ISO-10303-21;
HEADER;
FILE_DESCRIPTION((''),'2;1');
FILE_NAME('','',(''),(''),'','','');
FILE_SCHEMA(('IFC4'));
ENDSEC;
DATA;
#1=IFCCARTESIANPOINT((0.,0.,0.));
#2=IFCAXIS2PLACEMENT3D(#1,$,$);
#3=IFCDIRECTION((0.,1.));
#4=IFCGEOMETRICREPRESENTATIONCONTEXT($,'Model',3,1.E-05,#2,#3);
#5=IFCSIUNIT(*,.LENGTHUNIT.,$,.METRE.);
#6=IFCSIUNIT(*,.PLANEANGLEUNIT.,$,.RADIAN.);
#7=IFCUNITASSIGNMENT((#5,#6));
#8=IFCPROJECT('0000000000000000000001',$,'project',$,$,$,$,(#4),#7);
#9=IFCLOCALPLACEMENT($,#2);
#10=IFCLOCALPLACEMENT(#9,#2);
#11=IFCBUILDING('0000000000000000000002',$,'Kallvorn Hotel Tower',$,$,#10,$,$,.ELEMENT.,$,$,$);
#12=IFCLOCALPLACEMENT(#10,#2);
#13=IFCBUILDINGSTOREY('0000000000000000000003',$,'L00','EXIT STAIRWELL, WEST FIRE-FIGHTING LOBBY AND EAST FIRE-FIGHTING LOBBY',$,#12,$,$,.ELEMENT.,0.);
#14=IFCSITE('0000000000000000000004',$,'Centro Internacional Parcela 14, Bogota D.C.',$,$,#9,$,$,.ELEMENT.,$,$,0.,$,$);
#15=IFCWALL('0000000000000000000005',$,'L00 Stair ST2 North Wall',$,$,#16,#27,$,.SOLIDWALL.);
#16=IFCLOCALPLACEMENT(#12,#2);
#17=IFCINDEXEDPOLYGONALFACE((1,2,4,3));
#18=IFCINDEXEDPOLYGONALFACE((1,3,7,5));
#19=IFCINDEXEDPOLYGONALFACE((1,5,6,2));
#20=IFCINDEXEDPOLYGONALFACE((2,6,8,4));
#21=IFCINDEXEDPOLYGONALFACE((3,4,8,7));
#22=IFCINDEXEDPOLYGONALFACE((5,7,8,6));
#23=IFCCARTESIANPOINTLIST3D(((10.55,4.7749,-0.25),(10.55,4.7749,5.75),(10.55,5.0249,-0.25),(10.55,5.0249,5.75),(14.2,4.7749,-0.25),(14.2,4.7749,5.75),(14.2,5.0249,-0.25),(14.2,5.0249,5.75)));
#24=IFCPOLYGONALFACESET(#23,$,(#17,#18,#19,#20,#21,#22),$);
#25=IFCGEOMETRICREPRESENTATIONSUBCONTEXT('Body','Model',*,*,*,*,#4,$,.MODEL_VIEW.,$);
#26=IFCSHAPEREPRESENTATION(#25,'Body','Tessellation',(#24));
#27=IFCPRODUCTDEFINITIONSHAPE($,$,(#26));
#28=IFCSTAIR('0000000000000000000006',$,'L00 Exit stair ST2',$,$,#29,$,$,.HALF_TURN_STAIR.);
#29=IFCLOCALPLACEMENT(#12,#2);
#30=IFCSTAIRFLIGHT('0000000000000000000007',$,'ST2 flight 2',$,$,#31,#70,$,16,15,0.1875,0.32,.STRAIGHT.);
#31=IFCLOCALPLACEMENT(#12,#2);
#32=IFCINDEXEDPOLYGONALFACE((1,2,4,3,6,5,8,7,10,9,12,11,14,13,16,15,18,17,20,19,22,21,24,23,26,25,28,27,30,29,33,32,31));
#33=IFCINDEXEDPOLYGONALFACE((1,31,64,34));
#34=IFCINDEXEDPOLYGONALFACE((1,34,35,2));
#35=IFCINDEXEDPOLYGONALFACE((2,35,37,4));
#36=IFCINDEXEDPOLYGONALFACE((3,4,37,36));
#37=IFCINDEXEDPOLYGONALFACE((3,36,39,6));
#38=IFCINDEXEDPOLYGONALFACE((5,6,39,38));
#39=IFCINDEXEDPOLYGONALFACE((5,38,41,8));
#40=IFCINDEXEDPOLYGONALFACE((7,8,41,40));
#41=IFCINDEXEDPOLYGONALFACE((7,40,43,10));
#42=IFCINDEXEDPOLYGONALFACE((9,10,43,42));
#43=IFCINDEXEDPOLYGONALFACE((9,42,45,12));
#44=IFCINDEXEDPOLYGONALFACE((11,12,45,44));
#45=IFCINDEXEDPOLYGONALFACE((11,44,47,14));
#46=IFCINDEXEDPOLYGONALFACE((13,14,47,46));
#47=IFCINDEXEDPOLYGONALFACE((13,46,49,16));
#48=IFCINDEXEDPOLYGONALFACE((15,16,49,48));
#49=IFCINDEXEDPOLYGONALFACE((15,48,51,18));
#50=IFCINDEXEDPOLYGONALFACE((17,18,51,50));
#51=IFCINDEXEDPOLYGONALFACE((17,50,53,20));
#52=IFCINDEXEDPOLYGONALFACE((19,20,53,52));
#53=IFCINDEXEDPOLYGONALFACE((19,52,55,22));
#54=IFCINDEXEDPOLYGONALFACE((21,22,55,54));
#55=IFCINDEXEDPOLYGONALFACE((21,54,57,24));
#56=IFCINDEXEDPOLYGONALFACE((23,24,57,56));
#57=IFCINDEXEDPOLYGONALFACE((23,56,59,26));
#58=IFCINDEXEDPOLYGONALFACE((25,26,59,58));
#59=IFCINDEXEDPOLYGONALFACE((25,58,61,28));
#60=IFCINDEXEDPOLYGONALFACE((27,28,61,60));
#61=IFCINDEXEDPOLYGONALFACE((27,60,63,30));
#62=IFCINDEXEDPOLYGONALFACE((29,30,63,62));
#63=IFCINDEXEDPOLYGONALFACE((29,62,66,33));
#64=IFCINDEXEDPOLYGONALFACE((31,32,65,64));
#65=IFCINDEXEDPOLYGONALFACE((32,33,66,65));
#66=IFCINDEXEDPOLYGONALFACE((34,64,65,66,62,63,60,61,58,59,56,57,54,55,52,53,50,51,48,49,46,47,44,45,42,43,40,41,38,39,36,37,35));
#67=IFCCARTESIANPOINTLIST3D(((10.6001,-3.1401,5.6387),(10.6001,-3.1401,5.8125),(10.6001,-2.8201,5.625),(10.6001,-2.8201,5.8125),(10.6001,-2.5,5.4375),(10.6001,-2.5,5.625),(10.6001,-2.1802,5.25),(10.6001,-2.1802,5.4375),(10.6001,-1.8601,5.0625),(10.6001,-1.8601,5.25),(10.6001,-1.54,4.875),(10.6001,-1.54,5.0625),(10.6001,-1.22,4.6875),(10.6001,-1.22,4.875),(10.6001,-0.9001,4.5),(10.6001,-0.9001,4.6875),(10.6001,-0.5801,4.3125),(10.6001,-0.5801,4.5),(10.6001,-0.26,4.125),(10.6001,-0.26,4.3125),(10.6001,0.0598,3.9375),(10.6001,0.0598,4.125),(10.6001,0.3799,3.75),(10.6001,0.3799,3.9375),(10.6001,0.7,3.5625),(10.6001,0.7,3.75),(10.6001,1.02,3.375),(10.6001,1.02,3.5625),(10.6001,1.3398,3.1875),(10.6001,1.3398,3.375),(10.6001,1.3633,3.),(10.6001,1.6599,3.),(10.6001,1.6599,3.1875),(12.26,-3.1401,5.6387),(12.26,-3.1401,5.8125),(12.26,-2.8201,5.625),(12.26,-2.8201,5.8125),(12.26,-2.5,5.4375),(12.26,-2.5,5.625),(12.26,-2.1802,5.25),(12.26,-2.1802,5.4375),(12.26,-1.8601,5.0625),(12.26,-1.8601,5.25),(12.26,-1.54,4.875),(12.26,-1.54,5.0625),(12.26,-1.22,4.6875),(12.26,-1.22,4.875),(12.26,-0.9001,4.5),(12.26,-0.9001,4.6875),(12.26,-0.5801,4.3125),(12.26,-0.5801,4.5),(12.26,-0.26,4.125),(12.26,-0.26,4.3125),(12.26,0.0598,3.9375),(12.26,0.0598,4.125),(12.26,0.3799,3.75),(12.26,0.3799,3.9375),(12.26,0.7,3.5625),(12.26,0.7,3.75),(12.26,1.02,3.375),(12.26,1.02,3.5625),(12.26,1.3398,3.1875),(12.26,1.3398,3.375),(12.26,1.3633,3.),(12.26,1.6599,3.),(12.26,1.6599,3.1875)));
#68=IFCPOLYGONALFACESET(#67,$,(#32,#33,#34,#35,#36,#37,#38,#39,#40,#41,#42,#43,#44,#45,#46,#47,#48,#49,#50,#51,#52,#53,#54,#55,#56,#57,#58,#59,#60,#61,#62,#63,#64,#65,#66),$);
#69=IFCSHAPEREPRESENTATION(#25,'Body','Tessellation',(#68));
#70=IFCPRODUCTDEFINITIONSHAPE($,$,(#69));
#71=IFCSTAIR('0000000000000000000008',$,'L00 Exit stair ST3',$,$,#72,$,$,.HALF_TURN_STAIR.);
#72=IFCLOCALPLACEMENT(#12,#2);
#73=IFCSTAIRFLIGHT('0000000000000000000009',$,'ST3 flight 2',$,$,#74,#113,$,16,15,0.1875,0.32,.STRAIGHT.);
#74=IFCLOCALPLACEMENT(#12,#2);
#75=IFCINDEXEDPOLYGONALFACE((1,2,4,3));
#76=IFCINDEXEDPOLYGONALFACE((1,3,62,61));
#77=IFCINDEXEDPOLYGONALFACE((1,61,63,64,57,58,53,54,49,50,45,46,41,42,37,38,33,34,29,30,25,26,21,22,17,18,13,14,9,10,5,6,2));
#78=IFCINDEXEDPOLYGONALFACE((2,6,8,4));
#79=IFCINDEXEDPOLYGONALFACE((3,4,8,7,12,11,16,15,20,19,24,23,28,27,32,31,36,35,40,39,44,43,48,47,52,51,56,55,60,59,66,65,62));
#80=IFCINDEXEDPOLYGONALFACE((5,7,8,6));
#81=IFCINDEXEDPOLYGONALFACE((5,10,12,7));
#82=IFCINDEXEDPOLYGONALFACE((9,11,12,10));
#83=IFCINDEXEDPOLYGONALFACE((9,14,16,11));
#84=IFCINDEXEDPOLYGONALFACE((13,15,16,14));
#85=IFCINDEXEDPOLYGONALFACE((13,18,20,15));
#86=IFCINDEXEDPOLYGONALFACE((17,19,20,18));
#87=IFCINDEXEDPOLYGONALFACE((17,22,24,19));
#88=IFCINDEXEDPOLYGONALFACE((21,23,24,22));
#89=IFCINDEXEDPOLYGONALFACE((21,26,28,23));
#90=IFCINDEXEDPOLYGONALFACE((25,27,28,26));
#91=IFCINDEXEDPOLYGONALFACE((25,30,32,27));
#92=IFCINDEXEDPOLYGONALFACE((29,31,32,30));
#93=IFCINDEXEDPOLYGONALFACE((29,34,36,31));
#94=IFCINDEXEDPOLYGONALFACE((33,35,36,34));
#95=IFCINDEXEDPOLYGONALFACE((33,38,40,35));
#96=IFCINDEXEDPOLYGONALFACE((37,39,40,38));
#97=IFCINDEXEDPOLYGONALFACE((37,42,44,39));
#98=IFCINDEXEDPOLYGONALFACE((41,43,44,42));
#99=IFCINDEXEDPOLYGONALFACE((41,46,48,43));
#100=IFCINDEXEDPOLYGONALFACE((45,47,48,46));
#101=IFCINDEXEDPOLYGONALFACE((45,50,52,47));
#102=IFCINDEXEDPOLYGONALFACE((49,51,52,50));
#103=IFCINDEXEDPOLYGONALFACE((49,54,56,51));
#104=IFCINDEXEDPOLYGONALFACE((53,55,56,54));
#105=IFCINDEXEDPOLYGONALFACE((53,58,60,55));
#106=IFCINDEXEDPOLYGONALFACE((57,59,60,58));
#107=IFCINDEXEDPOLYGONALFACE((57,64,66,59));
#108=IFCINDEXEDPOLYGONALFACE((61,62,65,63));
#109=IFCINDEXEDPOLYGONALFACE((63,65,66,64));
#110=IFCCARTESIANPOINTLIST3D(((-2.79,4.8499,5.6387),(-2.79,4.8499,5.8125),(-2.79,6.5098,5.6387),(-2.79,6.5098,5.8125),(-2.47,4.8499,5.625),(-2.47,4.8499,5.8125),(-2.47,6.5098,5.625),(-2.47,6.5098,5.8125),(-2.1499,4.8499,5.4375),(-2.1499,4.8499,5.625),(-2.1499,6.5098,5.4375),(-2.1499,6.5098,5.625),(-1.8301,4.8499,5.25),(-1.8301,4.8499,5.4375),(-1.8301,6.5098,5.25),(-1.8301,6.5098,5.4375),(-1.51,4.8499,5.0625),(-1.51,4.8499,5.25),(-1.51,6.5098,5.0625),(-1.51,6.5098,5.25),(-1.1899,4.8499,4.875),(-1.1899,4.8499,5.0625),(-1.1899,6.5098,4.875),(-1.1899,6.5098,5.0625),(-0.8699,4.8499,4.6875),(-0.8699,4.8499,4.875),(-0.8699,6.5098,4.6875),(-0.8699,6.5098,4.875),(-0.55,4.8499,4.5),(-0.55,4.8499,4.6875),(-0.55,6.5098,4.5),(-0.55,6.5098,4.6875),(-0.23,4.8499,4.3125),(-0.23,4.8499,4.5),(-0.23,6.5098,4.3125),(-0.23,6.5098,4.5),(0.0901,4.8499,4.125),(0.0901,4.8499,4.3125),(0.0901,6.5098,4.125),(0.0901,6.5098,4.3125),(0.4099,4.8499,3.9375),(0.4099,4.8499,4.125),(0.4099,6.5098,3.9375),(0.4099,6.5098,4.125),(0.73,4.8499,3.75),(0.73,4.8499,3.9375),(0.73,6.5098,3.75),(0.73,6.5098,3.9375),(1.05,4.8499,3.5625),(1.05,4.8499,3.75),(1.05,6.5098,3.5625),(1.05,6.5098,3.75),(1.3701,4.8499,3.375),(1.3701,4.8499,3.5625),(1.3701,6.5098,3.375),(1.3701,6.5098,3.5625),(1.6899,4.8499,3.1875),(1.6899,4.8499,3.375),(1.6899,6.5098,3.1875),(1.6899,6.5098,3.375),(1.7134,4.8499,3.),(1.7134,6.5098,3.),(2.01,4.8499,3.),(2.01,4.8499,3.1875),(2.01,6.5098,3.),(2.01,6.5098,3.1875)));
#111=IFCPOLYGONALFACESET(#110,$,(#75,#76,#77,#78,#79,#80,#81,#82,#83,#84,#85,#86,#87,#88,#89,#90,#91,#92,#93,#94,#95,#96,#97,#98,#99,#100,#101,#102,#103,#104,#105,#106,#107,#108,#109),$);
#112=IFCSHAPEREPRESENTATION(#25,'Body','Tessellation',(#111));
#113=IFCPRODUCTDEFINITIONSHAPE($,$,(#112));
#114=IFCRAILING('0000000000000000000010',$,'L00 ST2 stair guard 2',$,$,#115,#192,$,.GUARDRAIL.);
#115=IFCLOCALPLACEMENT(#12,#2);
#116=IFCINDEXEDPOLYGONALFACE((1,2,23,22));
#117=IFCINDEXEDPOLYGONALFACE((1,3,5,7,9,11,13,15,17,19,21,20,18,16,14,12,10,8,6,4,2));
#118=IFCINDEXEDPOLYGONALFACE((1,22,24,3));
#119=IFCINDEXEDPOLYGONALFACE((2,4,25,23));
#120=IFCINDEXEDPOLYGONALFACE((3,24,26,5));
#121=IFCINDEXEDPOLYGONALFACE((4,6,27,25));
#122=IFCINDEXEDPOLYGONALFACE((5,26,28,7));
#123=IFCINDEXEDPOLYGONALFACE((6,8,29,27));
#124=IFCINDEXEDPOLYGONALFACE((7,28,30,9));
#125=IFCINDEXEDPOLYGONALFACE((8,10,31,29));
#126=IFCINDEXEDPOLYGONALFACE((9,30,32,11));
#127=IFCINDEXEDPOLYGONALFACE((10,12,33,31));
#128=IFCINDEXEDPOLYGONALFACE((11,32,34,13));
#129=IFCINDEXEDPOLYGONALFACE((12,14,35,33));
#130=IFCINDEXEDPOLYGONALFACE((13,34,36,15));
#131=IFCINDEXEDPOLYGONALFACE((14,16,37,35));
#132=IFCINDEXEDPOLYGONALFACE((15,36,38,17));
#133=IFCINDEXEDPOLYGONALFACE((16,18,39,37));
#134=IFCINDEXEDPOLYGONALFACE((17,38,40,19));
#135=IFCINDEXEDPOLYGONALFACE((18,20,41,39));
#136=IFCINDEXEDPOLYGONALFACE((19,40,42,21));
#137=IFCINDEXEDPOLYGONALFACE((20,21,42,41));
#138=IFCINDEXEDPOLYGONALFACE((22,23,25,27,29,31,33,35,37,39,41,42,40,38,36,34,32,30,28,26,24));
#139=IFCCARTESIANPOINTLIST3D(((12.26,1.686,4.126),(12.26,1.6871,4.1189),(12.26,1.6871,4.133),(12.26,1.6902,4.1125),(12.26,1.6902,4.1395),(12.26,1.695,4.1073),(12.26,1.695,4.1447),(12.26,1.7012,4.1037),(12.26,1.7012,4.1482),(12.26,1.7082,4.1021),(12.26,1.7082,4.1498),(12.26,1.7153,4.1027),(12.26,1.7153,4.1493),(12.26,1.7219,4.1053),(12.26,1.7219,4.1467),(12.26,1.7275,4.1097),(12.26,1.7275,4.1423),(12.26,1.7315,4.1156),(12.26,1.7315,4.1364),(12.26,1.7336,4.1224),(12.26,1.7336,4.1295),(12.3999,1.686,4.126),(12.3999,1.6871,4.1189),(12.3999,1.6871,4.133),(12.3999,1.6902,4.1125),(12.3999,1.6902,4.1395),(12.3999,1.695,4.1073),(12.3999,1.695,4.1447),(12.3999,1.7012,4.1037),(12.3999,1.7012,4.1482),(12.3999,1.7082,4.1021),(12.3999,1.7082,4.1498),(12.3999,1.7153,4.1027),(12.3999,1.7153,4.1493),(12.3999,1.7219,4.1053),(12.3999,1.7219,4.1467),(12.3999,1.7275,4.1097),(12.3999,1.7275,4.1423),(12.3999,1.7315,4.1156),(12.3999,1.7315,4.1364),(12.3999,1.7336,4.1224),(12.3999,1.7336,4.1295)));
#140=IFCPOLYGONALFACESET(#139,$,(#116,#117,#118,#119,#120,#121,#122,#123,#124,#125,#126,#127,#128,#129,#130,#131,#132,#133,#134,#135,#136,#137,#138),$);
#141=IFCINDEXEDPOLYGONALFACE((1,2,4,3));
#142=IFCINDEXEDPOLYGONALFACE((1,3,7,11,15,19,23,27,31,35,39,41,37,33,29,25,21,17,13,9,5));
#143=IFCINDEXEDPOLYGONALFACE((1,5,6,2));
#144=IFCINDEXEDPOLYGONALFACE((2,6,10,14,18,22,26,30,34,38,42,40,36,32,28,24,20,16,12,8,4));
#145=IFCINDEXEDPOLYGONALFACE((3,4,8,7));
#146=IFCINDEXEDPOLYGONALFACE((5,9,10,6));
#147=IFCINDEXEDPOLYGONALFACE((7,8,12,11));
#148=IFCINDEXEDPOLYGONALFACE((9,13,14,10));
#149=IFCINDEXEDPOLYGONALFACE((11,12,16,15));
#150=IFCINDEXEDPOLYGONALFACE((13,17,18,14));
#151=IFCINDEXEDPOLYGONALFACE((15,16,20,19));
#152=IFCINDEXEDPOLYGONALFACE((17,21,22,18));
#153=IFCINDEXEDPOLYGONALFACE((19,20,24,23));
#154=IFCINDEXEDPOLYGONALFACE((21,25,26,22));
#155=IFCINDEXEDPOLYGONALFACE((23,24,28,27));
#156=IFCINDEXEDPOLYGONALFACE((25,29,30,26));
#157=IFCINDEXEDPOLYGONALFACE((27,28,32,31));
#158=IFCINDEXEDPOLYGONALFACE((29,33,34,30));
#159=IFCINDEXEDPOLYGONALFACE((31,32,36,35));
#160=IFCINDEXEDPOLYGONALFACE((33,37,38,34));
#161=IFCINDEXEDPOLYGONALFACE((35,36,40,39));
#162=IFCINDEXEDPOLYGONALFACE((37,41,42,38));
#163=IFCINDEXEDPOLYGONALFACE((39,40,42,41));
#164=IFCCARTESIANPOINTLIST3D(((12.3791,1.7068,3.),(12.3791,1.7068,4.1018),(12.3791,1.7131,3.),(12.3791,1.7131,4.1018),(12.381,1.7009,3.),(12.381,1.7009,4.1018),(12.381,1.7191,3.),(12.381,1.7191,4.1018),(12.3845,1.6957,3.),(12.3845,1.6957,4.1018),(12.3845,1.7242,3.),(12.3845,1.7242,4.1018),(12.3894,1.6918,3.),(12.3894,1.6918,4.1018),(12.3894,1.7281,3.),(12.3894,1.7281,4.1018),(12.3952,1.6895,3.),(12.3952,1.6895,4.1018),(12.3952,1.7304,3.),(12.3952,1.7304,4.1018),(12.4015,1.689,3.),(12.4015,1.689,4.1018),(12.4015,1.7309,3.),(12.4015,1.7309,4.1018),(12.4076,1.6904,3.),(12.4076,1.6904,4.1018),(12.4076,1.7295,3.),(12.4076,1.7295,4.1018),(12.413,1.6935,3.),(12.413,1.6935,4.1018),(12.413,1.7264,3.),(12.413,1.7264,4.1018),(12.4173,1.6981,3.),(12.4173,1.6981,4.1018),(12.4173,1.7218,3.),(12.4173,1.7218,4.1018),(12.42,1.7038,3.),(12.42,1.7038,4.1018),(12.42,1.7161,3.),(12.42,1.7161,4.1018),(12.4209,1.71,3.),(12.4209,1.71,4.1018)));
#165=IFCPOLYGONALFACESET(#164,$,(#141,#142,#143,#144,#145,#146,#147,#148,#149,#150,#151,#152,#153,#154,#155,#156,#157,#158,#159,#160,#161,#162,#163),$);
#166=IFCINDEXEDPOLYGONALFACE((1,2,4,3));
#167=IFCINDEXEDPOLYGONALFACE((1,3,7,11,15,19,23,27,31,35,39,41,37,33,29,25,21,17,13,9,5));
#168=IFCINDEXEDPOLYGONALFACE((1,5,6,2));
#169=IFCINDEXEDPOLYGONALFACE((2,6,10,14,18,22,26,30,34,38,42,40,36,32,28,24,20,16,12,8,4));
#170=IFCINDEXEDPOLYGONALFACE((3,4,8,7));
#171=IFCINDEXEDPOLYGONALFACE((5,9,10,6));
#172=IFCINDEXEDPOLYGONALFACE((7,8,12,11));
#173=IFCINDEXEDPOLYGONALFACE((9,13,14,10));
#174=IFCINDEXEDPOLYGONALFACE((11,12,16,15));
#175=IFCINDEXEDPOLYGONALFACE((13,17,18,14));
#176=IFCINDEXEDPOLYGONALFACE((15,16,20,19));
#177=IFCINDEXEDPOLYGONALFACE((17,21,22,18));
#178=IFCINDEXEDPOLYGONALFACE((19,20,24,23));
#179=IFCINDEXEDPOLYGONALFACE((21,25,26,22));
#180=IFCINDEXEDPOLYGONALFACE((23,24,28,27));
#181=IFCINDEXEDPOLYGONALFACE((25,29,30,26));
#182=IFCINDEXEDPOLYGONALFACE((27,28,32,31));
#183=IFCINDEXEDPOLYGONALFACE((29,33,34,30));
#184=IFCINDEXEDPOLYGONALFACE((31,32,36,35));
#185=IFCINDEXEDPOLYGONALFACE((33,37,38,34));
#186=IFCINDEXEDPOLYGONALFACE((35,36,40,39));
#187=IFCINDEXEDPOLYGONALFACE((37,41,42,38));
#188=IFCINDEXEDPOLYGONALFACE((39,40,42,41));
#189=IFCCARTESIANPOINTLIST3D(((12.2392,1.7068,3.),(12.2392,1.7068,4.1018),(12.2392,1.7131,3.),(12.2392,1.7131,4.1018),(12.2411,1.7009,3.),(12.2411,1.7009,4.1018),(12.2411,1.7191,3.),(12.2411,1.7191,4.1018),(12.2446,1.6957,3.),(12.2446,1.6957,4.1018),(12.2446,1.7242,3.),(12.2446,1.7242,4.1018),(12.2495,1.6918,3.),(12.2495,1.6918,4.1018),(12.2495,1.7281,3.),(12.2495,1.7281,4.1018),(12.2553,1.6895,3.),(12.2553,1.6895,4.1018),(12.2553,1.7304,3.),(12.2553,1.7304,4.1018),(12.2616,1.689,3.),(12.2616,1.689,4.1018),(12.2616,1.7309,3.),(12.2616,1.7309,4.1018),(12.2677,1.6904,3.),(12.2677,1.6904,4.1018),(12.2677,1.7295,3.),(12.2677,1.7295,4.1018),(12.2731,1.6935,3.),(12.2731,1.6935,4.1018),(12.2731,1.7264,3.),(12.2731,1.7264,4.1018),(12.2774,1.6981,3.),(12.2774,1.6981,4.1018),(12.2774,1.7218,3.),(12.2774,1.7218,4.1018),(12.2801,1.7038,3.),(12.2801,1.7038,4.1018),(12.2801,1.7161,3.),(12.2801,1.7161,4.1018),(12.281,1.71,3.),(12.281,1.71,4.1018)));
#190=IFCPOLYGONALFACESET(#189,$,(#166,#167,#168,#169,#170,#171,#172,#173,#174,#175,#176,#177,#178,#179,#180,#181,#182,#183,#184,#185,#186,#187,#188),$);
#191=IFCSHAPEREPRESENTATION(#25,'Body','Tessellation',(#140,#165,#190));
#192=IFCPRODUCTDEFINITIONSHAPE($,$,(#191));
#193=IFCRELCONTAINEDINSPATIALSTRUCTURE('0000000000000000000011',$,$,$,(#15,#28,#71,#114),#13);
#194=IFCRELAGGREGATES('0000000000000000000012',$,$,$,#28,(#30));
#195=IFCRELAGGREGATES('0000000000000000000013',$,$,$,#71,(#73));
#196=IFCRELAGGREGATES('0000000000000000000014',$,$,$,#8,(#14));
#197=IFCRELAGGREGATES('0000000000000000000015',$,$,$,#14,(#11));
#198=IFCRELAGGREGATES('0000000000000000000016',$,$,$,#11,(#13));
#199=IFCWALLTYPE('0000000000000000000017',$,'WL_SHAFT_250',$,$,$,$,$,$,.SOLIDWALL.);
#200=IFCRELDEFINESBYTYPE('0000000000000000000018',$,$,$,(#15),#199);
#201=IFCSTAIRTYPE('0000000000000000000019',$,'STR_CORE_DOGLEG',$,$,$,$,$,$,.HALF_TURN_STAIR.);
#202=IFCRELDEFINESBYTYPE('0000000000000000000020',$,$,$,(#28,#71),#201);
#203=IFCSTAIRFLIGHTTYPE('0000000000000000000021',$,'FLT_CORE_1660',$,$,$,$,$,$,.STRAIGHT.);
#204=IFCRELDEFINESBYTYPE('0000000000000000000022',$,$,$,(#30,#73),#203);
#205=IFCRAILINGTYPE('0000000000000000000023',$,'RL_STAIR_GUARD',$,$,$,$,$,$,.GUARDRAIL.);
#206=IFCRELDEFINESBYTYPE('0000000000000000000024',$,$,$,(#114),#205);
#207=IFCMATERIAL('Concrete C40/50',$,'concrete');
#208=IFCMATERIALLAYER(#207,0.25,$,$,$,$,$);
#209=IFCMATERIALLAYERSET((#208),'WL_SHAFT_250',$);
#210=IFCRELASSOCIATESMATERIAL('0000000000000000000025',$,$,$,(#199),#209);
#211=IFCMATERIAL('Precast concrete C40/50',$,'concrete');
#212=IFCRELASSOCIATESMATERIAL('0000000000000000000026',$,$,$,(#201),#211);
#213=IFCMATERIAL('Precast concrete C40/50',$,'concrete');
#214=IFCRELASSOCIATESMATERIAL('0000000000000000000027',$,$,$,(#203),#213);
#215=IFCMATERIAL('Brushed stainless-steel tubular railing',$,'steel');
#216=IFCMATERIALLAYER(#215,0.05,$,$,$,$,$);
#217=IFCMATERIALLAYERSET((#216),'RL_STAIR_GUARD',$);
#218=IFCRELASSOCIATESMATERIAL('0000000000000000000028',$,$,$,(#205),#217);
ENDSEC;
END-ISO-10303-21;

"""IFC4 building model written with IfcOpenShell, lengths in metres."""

from ifc_helpers import new_model, si_unit, direction, frame, frame_2d, origin, origin_2d, place, context, subcontext, project, spatial, polyline, rectangle, circle, outline, extrude, material, layer, layer_set, type_object, element, aggregate, save


model = new_model("IFC4")

# Units and contexts
model_context = context("Model", 3, precision=1e-05, world=origin(), true_north=direction((0.0, 1.0)))
body_context = subcontext(model_context, "Body", "Model", "MODEL_VIEW")
ifc_project = project(units=[si_unit("LENGTHUNIT", "METRE"), si_unit("PLANEANGLEUNIT", "RADIAN")], contexts=[model_context])

# Site, building, storey
site_placement = place(None, origin())
site = spatial("IfcSite", under=ifc_project, at=site_placement, Name="Centro Internacional Parcela 14, Bogota D.C.", CompositionType="ELEMENT", RefElevation=0.0)
building_placement = place(site_placement, origin())
building = spatial("IfcBuilding", under=site, at=building_placement, Name="Kallvorn Hotel Tower", CompositionType="ELEMENT")
storey_placement = place(building_placement, origin())
storey = spatial("IfcBuildingStorey", under=building, at=storey_placement, Name="L00", Description="EXIT STAIRWELL, WEST FIRE-FIGHTING LOBBY AND EAST FIRE-FIGHTING LOBBY", CompositionType="ELEMENT", Elevation=0.0)

# Wall
ifc_material_1 = material(Name="Concrete C40/50", Category="concrete")
ifc_layer_1 = layer(ifc_material_1, 0.25)
ifc_layer_set_1 = layer_set([ifc_layer_1], Name="WL_SHAFT_250")
wall_type_1 = type_object("IfcWallType", Name="WL_SHAFT_250", PredefinedType="SOLIDWALL", material=ifc_layer_set_1)
wall_1_placement = place(storey_placement, frame((10.55, 4.8999, -0.25), z_axis=(0.0, 0.0, 1.0), x_axis=(1.0, 0.0, 0.0)))
element("IfcWall", 1, at=wall_1_placement, inside=storey, type_object=wall_type_1, Name="L00 Stair ST2 North Wall", PredefinedType="SOLIDWALL", context=body_context, shape_type="SweptSolid", body=[
    extrude(rectangle(XDim=3.6499, YDim=0.25, at=frame_2d((1.825, 0.0))), origin(), (0.0, 0.0, 1.0), 6.0),
])

# Stairs, stair flights
ifc_material_2 = material(Name="Precast concrete C40/50", Category="concrete")
stair_type = type_object("IfcStairType", Name="STR_CORE_DOGLEG", PredefinedType="HALF_TURN_STAIR", material=ifc_material_2)
stair_1_placement = place(storey_placement, origin())
stair_1 = element("IfcStair", 2, at=stair_1_placement, inside=storey, type_object=stair_type, Name="L00 Exit stair ST2", PredefinedType="HALF_TURN_STAIR")
ifc_material_3 = material(Name="Precast concrete C40/50", Category="concrete")
stair_flight_type = type_object("IfcStairFlightType", Name="FLT_CORE_1660", PredefinedType="STRAIGHT", material=ifc_material_3)
stair_flight_1_placement = place(storey_placement, frame((11.4299, 1.6599, 3.0), z_axis=(0.0, 0.0, 1.0), x_axis=(0.0, -1.0, 0.0)))
stair_flight_1 = element("IfcStairFlight", 3, at=stair_flight_1_placement, type_object=stair_flight_type, Name="ST2 flight 2", NumberOfRisers=16, NumberOfTreads=15, PredefinedType="STRAIGHT", RiserHeight=0.1875, TreadLength=0.32, context=body_context, shape_type="SweptSolid", body=[
    extrude(outline(polyline([(0.0, 0.0), (0.0, 0.1875), (0.3201, 0.1875), (0.3201, 0.375), (0.6399, 0.375), (0.6399, 0.5625), (0.96, 0.5625), (0.96, 0.75), (1.28, 0.75), (1.28, 0.9375), (1.6001, 0.9375), (1.6001, 1.125), (1.9199, 1.125), (1.9199, 1.3125), (2.24, 1.3125), (2.24, 1.5), (2.5601, 1.5), (2.5601, 1.6875), (2.8799, 1.6875), (2.8799, 1.875), (3.2, 1.875), (3.2, 2.0625), (3.52, 2.0625), (3.52, 2.25), (3.8401, 2.25), (3.8401, 2.4375), (4.1599, 2.4375), (4.1599, 2.625), (4.48, 2.625), (4.48, 2.8125), (4.8, 2.8125), (4.8, 3.0), (4.8, 2.6387), (0.2966, 0.0), (0.0, 0.0)])), frame((0.0, 0.8301, 0.0), z_axis=(0.0, -1.0, 0.0), x_axis=(1.0, 0.0, 0.0)), (0.0, 0.0, 1.0), 1.6599),
])
aggregate(stair_1, [stair_flight_1])
stair_2_placement = place(storey_placement, origin())
stair_2 = element("IfcStair", 4, at=stair_2_placement, inside=storey, type_object=stair_type, Name="L00 Exit stair ST3", PredefinedType="HALF_TURN_STAIR")
stair_flight_2_placement = place(storey_placement, frame((2.01, 5.6799, 3.0), z_axis=(0.0, 0.0, 1.0), x_axis=(-1.0, 0.0, 0.0)))
stair_flight_2 = element("IfcStairFlight", 5, at=stair_flight_2_placement, type_object=stair_flight_type, Name="ST3 flight 2", NumberOfRisers=16, NumberOfTreads=15, PredefinedType="STRAIGHT", RiserHeight=0.1875, TreadLength=0.32, context=body_context, shape_type="SweptSolid", body=[
    extrude(outline(polyline([(0.0, 0.0), (0.0, 0.1875), (0.3201, 0.1875), (0.3201, 0.375), (0.6399, 0.375), (0.6399, 0.5625), (0.96, 0.5625), (0.96, 0.75), (1.28, 0.75), (1.28, 0.9375), (1.6001, 0.9375), (1.6001, 1.125), (1.9199, 1.125), (1.9199, 1.3125), (2.24, 1.3125), (2.24, 1.5), (2.5601, 1.5), (2.5601, 1.6875), (2.8799, 1.6875), (2.8799, 1.875), (3.2, 1.875), (3.2, 2.0625), (3.52, 2.0625), (3.52, 2.25), (3.8401, 2.25), (3.8401, 2.4375), (4.1599, 2.4375), (4.1599, 2.625), (4.48, 2.625), (4.48, 2.8125), (4.8, 2.8125), (4.8, 3.0), (4.8, 2.6387), (0.2966, 0.0), (0.0, 0.0)])), frame((0.0, 0.8301, 0.0), z_axis=(0.0, -1.0, 0.0), x_axis=(1.0, 0.0, 0.0)), (0.0, 0.0, 1.0), 1.6599),
])
aggregate(stair_2, [stair_flight_2])

# Railing
ifc_material_4 = material(Name="Brushed stainless-steel tubular railing", Category="steel")
ifc_layer_2 = layer(ifc_material_4, 0.05)
ifc_layer_set_2 = layer_set([ifc_layer_2], Name="RL_STAIR_GUARD")
railing_type_1 = type_object("IfcRailingType", Name="RL_STAIR_GUARD", PredefinedType="GUARDRAIL", material=ifc_layer_set_2)
railing_1_placement = place(storey_placement, frame((12.3999, 1.71, 3.0)))
element("IfcRailing", 6, at=railing_1_placement, inside=storey, type_object=railing_type_1, Name="L00 ST2 stair guard 2", PredefinedType="GUARDRAIL", context=body_context, shape_type="SweptSolid", body=[
    extrude(circle(Radius=0.0239, at=origin_2d()), frame((0.0, 0.0, 1.126), z_axis=(-1.0, 0.0, 0.0), x_axis=(0.0, -1.0, 0.0)), (0.0, 0.0, 1.0), 0.1399),
    extrude(circle(Radius=0.021, at=origin_2d()), origin(), (0.0, 0.0, 1.0), 1.1018),
    extrude(circle(Radius=0.021, at=origin_2d()), frame((-0.1399, 0.0, 0.0)), (0.0, 0.0, 1.0), 1.1018),
])

save(model, "model.ifc")
